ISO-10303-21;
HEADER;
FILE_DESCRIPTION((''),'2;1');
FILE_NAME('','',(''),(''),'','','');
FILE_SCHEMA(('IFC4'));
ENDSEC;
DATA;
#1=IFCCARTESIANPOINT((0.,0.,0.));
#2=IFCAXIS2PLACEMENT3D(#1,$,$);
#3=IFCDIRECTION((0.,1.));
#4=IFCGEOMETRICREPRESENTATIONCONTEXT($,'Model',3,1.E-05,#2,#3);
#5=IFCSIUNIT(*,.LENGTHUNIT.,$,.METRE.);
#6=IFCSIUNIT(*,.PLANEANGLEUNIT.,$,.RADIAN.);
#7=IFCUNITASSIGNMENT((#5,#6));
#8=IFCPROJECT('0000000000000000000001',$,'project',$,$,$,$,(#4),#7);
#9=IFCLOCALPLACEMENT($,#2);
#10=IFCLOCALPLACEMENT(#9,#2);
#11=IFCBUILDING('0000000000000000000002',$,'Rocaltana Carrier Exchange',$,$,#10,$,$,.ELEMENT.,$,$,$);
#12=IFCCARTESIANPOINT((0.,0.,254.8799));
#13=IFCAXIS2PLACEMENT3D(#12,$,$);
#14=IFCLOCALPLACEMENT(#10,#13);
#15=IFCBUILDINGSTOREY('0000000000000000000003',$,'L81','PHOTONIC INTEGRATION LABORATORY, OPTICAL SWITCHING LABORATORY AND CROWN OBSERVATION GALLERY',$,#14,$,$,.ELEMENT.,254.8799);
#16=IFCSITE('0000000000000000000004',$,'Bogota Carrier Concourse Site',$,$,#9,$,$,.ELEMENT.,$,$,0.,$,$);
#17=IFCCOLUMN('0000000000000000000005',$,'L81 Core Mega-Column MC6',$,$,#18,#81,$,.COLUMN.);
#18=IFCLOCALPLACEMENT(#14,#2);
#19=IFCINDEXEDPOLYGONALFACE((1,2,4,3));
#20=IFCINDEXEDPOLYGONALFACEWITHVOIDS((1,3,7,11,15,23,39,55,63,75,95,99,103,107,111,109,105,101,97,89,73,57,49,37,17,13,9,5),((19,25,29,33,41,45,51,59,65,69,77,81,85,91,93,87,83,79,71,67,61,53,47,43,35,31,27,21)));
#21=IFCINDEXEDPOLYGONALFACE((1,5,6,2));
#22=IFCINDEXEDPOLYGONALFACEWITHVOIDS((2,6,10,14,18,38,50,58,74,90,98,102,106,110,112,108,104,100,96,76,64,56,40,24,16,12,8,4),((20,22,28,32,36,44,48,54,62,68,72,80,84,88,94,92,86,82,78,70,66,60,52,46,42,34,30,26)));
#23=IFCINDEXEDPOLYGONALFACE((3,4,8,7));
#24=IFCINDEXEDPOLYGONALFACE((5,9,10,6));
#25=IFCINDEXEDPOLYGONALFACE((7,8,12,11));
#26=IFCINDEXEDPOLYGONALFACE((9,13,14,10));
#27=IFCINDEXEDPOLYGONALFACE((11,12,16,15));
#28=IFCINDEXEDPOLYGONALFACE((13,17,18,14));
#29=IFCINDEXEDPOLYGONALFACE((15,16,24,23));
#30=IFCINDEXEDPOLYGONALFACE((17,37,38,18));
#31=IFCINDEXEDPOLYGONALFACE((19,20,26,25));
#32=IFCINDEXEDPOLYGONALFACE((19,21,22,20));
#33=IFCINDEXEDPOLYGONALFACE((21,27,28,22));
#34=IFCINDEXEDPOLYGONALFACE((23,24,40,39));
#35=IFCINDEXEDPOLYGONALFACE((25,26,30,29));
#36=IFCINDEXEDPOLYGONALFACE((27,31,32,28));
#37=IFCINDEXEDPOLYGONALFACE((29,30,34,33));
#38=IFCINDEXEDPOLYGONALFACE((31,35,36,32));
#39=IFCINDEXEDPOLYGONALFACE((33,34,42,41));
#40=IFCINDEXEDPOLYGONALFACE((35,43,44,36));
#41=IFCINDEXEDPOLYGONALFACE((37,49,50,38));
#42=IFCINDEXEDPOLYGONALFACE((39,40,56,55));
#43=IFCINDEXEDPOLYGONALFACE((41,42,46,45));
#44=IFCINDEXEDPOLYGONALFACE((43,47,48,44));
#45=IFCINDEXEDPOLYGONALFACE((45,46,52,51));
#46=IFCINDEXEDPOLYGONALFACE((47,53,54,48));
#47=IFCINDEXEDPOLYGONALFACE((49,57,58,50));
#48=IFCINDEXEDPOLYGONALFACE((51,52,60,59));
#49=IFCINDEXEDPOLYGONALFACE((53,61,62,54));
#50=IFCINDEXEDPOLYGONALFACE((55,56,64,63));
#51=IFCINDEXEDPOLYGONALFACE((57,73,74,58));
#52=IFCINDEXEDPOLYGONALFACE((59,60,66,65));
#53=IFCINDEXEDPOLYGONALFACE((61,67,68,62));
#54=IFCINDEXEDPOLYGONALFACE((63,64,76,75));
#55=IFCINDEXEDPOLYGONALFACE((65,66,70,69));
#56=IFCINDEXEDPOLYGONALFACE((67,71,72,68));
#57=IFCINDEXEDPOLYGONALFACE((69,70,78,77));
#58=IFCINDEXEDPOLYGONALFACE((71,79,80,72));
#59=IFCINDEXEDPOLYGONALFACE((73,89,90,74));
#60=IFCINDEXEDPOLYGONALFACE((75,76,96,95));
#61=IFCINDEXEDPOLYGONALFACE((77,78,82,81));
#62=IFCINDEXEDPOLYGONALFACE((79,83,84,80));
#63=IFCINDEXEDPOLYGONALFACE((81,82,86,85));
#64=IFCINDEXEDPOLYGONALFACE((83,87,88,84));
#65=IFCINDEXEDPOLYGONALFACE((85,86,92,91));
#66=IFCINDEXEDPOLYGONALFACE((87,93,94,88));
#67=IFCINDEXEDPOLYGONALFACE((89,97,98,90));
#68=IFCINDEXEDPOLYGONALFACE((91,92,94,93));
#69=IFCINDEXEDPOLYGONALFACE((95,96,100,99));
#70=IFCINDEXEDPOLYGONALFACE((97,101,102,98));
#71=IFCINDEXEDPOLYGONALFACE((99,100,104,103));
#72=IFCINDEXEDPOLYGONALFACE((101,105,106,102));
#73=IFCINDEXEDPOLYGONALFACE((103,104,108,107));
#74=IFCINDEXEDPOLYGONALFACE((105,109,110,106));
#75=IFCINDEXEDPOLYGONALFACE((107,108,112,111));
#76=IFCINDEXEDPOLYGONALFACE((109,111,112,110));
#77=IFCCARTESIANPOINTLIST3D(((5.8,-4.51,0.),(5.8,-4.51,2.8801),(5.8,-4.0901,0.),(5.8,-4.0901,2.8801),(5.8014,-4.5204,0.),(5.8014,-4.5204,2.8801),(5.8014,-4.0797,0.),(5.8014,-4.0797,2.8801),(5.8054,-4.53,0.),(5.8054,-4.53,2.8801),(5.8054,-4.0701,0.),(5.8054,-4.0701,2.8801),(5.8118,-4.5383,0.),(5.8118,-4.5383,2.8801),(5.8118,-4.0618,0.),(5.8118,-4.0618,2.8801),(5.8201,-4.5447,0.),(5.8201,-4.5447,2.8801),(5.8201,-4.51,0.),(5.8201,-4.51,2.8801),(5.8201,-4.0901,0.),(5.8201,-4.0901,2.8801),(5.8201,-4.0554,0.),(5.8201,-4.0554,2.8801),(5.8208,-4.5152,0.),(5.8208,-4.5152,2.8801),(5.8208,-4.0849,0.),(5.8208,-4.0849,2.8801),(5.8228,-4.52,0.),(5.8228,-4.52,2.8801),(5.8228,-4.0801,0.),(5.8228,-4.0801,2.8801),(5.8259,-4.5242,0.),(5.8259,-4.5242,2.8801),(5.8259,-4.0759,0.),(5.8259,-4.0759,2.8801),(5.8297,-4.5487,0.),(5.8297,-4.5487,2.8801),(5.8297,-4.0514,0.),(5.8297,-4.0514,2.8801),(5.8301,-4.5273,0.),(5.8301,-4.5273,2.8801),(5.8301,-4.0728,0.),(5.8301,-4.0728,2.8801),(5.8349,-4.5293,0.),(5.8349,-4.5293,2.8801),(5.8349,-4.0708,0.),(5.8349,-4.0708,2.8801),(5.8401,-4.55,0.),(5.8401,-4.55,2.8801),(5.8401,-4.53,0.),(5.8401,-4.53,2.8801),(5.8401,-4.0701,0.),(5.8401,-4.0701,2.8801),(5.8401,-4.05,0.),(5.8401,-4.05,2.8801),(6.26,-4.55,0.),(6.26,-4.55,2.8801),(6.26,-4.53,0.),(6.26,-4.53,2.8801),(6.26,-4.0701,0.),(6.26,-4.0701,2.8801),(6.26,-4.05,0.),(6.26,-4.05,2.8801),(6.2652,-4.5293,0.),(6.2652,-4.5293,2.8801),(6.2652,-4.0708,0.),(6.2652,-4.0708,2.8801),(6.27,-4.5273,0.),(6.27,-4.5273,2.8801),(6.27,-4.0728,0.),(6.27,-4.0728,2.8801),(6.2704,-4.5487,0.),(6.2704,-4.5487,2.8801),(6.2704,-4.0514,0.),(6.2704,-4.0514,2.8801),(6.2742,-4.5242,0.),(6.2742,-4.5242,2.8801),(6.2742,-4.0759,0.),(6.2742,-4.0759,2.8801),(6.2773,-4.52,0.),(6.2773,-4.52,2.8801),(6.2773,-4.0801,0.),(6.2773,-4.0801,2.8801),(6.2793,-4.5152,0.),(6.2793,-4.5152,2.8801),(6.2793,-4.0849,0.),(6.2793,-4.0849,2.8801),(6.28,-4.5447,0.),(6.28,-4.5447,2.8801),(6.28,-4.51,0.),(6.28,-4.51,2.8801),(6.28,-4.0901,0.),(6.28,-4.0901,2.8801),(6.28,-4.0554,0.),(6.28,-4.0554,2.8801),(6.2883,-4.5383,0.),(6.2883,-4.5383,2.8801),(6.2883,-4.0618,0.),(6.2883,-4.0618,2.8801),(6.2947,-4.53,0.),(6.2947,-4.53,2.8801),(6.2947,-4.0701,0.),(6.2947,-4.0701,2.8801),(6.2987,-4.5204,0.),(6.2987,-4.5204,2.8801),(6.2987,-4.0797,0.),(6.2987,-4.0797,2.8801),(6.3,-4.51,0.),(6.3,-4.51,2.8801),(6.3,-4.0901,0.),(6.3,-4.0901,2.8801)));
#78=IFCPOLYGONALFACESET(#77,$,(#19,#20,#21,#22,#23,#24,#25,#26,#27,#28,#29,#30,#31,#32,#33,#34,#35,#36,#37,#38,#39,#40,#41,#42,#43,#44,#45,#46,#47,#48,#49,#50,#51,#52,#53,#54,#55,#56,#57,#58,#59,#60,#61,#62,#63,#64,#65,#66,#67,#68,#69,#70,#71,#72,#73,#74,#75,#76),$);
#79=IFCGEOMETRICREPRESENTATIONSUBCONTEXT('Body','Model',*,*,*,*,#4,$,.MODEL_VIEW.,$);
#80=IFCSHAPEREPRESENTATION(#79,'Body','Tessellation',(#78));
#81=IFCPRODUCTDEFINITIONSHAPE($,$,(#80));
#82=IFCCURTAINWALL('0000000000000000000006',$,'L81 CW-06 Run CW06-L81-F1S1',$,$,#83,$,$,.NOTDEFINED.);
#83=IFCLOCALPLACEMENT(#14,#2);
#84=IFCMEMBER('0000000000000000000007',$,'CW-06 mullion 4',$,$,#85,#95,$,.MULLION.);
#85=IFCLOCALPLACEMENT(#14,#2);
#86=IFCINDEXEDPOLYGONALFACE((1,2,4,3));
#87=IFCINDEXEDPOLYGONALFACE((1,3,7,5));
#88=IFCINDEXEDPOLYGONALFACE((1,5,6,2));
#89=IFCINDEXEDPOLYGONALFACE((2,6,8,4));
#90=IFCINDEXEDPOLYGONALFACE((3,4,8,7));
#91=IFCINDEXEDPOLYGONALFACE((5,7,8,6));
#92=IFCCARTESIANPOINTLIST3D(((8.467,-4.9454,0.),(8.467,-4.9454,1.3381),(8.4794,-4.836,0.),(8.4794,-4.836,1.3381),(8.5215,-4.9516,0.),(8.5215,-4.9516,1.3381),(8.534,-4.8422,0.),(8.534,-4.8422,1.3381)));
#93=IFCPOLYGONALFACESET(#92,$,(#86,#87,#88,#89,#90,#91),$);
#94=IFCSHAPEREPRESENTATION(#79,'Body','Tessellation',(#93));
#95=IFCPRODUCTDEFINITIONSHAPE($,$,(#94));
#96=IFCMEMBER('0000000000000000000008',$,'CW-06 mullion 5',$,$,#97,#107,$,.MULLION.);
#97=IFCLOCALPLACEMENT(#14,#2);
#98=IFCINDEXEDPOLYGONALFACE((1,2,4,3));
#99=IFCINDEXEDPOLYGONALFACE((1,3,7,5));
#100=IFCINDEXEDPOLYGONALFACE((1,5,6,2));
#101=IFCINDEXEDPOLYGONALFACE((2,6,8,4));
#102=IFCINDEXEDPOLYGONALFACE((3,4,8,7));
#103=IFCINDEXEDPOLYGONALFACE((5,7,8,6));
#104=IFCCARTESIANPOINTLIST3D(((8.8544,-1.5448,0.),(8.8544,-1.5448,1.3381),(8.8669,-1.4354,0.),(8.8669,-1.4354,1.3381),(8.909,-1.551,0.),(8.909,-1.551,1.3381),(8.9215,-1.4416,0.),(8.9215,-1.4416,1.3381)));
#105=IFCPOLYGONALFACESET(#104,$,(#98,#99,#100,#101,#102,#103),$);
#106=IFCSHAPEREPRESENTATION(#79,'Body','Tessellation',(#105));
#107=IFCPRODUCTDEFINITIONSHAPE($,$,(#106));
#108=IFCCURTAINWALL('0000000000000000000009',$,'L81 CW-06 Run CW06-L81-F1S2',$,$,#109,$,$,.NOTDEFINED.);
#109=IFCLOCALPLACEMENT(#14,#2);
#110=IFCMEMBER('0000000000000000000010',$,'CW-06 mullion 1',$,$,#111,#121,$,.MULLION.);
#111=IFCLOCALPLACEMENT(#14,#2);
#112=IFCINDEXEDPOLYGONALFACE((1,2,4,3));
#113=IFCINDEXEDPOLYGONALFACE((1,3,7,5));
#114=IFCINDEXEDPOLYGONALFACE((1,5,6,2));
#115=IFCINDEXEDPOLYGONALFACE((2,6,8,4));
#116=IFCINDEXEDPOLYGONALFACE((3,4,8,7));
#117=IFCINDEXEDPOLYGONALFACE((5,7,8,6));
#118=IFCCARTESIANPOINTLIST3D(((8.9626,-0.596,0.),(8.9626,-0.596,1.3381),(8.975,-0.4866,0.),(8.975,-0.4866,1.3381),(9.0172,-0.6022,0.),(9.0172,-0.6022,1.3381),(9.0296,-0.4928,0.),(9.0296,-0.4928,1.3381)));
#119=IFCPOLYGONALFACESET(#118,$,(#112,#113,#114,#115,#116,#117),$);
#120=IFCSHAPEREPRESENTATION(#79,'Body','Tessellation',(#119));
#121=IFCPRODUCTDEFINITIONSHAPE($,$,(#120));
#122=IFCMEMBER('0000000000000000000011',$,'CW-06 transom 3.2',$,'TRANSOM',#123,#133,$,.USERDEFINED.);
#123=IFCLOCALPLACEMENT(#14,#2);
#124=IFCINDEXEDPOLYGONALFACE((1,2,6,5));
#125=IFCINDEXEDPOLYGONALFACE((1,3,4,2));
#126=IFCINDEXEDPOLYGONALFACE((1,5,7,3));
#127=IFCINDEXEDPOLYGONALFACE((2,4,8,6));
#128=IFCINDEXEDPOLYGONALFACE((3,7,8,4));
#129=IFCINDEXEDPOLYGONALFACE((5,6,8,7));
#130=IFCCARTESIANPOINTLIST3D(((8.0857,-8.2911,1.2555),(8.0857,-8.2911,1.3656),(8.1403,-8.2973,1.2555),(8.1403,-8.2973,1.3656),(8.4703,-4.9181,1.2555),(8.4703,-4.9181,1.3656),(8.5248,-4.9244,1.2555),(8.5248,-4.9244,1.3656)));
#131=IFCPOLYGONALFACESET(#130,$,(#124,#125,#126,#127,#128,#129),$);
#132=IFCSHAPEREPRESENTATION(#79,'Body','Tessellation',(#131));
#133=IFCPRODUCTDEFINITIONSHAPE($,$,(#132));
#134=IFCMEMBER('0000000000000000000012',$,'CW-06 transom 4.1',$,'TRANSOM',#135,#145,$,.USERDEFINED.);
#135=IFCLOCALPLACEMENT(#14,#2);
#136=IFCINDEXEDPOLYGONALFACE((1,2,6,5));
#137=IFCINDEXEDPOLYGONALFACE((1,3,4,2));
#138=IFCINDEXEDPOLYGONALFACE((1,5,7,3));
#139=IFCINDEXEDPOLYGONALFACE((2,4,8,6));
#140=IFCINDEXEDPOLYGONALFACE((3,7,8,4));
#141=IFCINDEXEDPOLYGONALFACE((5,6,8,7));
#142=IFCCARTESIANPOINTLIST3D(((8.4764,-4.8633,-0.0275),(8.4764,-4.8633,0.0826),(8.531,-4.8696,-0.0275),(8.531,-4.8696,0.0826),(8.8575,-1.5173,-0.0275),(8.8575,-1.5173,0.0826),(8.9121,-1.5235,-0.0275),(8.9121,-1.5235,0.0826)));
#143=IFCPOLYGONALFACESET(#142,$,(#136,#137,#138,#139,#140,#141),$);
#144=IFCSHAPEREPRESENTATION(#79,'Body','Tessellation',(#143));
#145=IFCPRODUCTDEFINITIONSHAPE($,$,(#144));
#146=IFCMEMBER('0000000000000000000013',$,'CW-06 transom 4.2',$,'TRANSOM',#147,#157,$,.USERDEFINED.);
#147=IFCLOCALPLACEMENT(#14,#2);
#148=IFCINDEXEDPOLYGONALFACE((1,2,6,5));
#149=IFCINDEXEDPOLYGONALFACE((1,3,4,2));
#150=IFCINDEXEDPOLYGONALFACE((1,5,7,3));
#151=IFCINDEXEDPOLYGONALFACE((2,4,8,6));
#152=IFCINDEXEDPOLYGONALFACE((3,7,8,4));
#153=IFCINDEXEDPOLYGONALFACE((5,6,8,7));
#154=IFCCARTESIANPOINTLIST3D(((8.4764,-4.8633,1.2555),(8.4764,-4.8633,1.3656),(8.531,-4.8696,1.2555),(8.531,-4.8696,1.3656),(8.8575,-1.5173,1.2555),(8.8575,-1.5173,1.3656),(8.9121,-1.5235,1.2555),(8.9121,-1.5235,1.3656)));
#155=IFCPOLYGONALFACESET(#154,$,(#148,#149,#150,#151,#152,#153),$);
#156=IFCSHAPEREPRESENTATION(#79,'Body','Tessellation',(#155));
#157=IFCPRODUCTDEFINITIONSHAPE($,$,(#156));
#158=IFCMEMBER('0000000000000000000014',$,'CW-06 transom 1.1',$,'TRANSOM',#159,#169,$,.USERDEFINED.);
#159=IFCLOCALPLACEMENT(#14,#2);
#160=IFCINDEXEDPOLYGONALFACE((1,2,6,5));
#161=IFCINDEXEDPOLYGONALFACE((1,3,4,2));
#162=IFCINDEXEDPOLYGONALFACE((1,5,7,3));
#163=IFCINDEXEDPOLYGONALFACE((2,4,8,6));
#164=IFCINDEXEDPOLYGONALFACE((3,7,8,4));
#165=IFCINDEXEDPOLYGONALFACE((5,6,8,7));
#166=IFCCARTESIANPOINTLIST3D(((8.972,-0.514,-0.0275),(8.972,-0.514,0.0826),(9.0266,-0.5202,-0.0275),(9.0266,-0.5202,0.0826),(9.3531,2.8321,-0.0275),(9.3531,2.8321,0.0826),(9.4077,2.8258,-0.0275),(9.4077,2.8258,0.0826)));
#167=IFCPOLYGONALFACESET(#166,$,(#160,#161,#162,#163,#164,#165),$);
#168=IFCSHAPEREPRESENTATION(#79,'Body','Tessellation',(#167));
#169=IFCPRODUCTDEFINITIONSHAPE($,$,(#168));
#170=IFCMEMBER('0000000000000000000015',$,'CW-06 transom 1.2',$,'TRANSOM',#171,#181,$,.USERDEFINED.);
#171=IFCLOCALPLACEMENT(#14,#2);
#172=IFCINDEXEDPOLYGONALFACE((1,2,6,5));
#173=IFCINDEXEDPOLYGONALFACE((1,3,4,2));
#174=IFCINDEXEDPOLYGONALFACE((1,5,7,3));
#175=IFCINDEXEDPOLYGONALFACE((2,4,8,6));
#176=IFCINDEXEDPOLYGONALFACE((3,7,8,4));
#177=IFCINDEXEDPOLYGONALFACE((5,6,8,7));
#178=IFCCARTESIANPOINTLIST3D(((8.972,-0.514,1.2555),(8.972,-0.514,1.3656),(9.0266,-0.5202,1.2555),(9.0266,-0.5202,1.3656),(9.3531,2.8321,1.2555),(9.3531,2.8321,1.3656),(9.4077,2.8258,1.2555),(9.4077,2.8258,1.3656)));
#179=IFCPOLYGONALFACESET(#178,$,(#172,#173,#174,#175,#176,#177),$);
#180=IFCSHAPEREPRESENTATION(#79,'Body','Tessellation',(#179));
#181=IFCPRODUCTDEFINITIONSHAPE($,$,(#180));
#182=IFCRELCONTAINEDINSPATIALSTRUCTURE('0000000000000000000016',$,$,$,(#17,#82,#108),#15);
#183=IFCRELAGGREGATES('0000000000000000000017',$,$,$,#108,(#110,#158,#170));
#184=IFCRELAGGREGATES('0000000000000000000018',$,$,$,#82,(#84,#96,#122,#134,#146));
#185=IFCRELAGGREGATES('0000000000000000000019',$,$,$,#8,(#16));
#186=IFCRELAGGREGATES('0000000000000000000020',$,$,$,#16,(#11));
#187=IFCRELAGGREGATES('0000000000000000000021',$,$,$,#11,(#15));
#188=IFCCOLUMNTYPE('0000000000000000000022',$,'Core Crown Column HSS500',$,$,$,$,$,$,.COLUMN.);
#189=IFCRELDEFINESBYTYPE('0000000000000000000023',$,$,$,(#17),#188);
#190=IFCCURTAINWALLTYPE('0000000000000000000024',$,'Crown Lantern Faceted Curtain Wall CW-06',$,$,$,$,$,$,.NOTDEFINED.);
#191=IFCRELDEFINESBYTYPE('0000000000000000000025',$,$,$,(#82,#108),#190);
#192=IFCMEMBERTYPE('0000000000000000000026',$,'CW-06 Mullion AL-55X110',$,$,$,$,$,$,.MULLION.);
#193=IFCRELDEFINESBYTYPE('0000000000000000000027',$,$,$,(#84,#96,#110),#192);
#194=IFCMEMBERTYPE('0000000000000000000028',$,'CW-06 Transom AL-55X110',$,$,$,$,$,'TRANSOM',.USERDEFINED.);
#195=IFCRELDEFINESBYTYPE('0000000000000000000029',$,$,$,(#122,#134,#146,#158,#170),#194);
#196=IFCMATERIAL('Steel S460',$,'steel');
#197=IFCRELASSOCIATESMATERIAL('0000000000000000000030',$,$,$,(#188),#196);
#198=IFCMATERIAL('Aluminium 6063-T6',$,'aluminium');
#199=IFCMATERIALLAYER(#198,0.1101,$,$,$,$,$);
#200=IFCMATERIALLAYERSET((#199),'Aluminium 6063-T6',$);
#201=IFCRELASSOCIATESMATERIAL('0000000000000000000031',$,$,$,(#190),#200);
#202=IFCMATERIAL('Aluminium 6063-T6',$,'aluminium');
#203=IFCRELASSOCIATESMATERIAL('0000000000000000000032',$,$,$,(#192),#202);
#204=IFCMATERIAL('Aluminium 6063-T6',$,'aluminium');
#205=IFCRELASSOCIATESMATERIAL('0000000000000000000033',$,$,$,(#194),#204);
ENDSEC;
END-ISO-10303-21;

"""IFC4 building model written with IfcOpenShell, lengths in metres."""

from ifc_helpers import new_model, si_unit, direction, frame, origin, origin_2d, place, context, subcontext, project, spatial, rectangle, hollow_rectangle, extrude, material, layer, layer_set, material_profile, profile_set, type_object, element, aggregate, save


model = new_model("IFC4")

# Units and contexts
model_context = context("Model", 3, precision=1e-05, world=origin(), true_north=direction((0.0, 1.0)))
body_context = subcontext(model_context, "Body", "Model", "MODEL_VIEW")
ifc_project = project(units=[si_unit("LENGTHUNIT", "METRE"), si_unit("PLANEANGLEUNIT", "RADIAN")], contexts=[model_context])

# Site, building, storey
site_placement = place(None, origin())
site = spatial("IfcSite", under=ifc_project, at=site_placement, Name="Bogota Carrier Concourse Site", CompositionType="ELEMENT", RefElevation=0.0)
building_placement = place(site_placement, origin())
building = spatial("IfcBuilding", under=site, at=building_placement, Name="Rocaltana Carrier Exchange", CompositionType="ELEMENT")
storey_placement = place(building_placement, frame((0.0, 0.0, 254.8799)))
storey = spatial("IfcBuildingStorey", under=building, at=storey_placement, Name="L81", Description="PHOTONIC INTEGRATION LABORATORY, OPTICAL SWITCHING LABORATORY AND CROWN OBSERVATION GALLERY", CompositionType="ELEMENT", Elevation=254.8799)

# Column
ifc_material_1 = material(Name="Steel S460", Category="steel")
ifc_material_profile_1 = material_profile(ifc_material_1, hollow_rectangle(XDim=0.5, YDim=0.5, WallThickness=0.02, InnerFilletRadius=0.02, OuterFilletRadius=0.04, at=origin_2d()), Name="HSS500X500X20")
ifc_profile_set_1 = profile_set([ifc_material_profile_1], Name="Steel S460")
column_type = type_object("IfcColumnType", Name="Core Crown Column HSS500", PredefinedType="COLUMN", material=ifc_profile_set_1)
column_placement = place(storey_placement, frame((6.05, -4.3, 0.0), z_axis=(0.0, 0.0, 1.0), x_axis=(1.0, 0.0, 0.0)))
element("IfcColumn", 1, at=column_placement, inside=storey, type_object=column_type, Name="L81 Core Mega-Column MC6", PredefinedType="COLUMN", context=body_context, shape_type="SweptSolid", body=[
    extrude(hollow_rectangle(XDim=0.5, YDim=0.5, WallThickness=0.02, InnerFilletRadius=0.02, OuterFilletRadius=0.04, at=origin_2d()), origin(), (0.0, 0.0, 1.0), 2.8801),
])

# Curtain wall, members
ifc_material_2 = material(Name="Aluminium 6063-T6", Category="aluminium")
ifc_layer_1 = layer(ifc_material_2, 0.1101)
ifc_layer_set_1 = layer_set([ifc_layer_1], Name="Aluminium 6063-T6")
curtain_wall_type = type_object("IfcCurtainWallType", Name="Crown Lantern Faceted Curtain Wall CW-06", PredefinedType="NOTDEFINED", material=ifc_layer_set_1)
curtain_wall_1_placement = place(storey_placement, origin())
curtain_wall_1 = element("IfcCurtainWall", 2, at=curtain_wall_1_placement, inside=storey, type_object=curtain_wall_type, Name="L81 CW-06 Run CW06-L81-F1S1", PredefinedType="NOTDEFINED")
ifc_material_3 = material(Name="Aluminium 6063-T6", Category="aluminium")
ifc_material_profile_2 = material_profile(ifc_material_3, rectangle(XDim=0.0549, YDim=0.1101, at=origin_2d()), Name="AL-55X110")
ifc_profile_set_2 = profile_set([ifc_material_profile_2], Name="Aluminium 6063-T6")
member_type_1 = type_object("IfcMemberType", Name="CW-06 Mullion AL-55X110", PredefinedType="MULLION", material=ifc_profile_set_2)
member_1_placement = place(storey_placement, frame((8.5005, -4.8938, 0.0), z_axis=(0.0, 0.0, 1.0), x_axis=(-0.993572, 0.113203, 0.0)))
member_1 = element("IfcMember", 3, at=member_1_placement, type_object=member_type_1, Name="CW-06 mullion 4", PredefinedType="MULLION", context=body_context, shape_type="SweptSolid", body=[
    extrude(rectangle(XDim=0.0549, YDim=0.1101, at=origin_2d()), origin(), (0.0, 0.0, 1.0), 1.3381),
])
member_2_placement = place(storey_placement, frame((8.8879, -1.4932, 0.0), z_axis=(0.0, 0.0, 1.0), x_axis=(-0.993572, 0.113203, 0.0)))
member_2 = element("IfcMember", 4, at=member_2_placement, type_object=member_type_1, Name="CW-06 mullion 5", PredefinedType="MULLION", context=body_context, shape_type="SweptSolid", body=[
    extrude(rectangle(XDim=0.0549, YDim=0.1101, at=origin_2d()), origin(), (0.0, 0.0, 1.0), 1.3381),
])

# Curtain wall, member
curtain_wall_2_placement = place(storey_placement, origin())
curtain_wall_2 = element("IfcCurtainWall", 5, at=curtain_wall_2_placement, inside=storey, type_object=curtain_wall_type, Name="L81 CW-06 Run CW06-L81-F1S2", PredefinedType="NOTDEFINED")
member_3_placement = place(storey_placement, frame((8.9961, -0.5444, 0.0), z_axis=(0.0, 0.0, 1.0), x_axis=(-0.993572, 0.113203, 0.0)))
member_3 = element("IfcMember", 6, at=member_3_placement, type_object=member_type_1, Name="CW-06 mullion 1", PredefinedType="MULLION", context=body_context, shape_type="SweptSolid", body=[
    extrude(rectangle(XDim=0.0549, YDim=0.1101, at=origin_2d()), origin(), (0.0, 0.0, 1.0), 1.3381),
])

# Members
ifc_material_4 = material(Name="Aluminium 6063-T6", Category="aluminium")
ifc_material_profile_3 = material_profile(ifc_material_4, rectangle(XDim=0.0549, YDim=0.1101, at=origin_2d()), Name="AL-55X110")
ifc_profile_set_3 = profile_set([ifc_material_profile_3], Name="Aluminium 6063-T6")
member_type_2 = type_object("IfcMemberType", Name="CW-06 Transom AL-55X110", ElementType="TRANSOM", PredefinedType="USERDEFINED", material=ifc_profile_set_3)
member_4_placement = place(storey_placement, frame((8.113, -8.2942, 1.3105), z_axis=(0.113265, 0.993565, 0.0), x_axis=(-0.993565, 0.113265, 0.0)))
member_4 = element("IfcMember", 7, at=member_4_placement, type_object=member_type_2, Name="CW-06 transom 3.2", ObjectType="TRANSOM", PredefinedType="USERDEFINED", context=body_context, shape_type="SweptSolid", body=[
    extrude(rectangle(XDim=0.0549, YDim=0.1101, at=origin_2d()), origin(), (0.0, 0.0, 1.0), 3.3948),
])
member_5_placement = place(storey_placement, frame((8.5037, -4.8665, 0.0276), z_axis=(0.113168, 0.993576, 0.0), x_axis=(-0.993576, 0.113168, 0.0)))
member_5 = element("IfcMember", 8, at=member_5_placement, type_object=member_type_2, Name="CW-06 transom 4.1", ObjectType="TRANSOM", PredefinedType="USERDEFINED", context=body_context, shape_type="SweptSolid", body=[
    extrude(rectangle(XDim=0.0549, YDim=0.1101, at=origin_2d()), origin(), (0.0, 0.0, 1.0), 3.3677),
])
member_6_placement = place(storey_placement, frame((8.5037, -4.8665, 1.3105), z_axis=(0.113168, 0.993576, 0.0), x_axis=(-0.993576, 0.113168, 0.0)))
member_6 = element("IfcMember", 9, at=member_6_placement, type_object=member_type_2, Name="CW-06 transom 4.2", ObjectType="TRANSOM", PredefinedType="USERDEFINED", context=body_context, shape_type="SweptSolid", body=[
    extrude(rectangle(XDim=0.0549, YDim=0.1101, at=origin_2d()), origin(), (0.0, 0.0, 1.0), 3.3677),
])
member_7_placement = place(storey_placement, frame((8.9993, -0.5171, 0.0276), z_axis=(0.113168, 0.993576, 0.0), x_axis=(-0.993576, 0.113168, 0.0)))
member_7 = element("IfcMember", 10, at=member_7_placement, type_object=member_type_2, Name="CW-06 transom 1.1", ObjectType="TRANSOM", PredefinedType="USERDEFINED", context=body_context, shape_type="SweptSolid", body=[
    extrude(rectangle(XDim=0.0549, YDim=0.1101, at=origin_2d()), origin(), (0.0, 0.0, 1.0), 3.3677),
])
member_8_placement = place(storey_placement, frame((8.9993, -0.5171, 1.3105), z_axis=(0.113168, 0.993576, 0.0), x_axis=(-0.993576, 0.113168, 0.0)))
member_8 = element("IfcMember", 11, at=member_8_placement, type_object=member_type_2, Name="CW-06 transom 1.2", ObjectType="TRANSOM", PredefinedType="USERDEFINED", context=body_context, shape_type="SweptSolid", body=[
    extrude(rectangle(XDim=0.0549, YDim=0.1101, at=origin_2d()), origin(), (0.0, 0.0, 1.0), 3.3677),
])
aggregate(curtain_wall_2, [member_3, member_7, member_8])

aggregate(curtain_wall_1, [member_1, member_2, member_4, member_5, member_6])

save(model, "model.ifc")
